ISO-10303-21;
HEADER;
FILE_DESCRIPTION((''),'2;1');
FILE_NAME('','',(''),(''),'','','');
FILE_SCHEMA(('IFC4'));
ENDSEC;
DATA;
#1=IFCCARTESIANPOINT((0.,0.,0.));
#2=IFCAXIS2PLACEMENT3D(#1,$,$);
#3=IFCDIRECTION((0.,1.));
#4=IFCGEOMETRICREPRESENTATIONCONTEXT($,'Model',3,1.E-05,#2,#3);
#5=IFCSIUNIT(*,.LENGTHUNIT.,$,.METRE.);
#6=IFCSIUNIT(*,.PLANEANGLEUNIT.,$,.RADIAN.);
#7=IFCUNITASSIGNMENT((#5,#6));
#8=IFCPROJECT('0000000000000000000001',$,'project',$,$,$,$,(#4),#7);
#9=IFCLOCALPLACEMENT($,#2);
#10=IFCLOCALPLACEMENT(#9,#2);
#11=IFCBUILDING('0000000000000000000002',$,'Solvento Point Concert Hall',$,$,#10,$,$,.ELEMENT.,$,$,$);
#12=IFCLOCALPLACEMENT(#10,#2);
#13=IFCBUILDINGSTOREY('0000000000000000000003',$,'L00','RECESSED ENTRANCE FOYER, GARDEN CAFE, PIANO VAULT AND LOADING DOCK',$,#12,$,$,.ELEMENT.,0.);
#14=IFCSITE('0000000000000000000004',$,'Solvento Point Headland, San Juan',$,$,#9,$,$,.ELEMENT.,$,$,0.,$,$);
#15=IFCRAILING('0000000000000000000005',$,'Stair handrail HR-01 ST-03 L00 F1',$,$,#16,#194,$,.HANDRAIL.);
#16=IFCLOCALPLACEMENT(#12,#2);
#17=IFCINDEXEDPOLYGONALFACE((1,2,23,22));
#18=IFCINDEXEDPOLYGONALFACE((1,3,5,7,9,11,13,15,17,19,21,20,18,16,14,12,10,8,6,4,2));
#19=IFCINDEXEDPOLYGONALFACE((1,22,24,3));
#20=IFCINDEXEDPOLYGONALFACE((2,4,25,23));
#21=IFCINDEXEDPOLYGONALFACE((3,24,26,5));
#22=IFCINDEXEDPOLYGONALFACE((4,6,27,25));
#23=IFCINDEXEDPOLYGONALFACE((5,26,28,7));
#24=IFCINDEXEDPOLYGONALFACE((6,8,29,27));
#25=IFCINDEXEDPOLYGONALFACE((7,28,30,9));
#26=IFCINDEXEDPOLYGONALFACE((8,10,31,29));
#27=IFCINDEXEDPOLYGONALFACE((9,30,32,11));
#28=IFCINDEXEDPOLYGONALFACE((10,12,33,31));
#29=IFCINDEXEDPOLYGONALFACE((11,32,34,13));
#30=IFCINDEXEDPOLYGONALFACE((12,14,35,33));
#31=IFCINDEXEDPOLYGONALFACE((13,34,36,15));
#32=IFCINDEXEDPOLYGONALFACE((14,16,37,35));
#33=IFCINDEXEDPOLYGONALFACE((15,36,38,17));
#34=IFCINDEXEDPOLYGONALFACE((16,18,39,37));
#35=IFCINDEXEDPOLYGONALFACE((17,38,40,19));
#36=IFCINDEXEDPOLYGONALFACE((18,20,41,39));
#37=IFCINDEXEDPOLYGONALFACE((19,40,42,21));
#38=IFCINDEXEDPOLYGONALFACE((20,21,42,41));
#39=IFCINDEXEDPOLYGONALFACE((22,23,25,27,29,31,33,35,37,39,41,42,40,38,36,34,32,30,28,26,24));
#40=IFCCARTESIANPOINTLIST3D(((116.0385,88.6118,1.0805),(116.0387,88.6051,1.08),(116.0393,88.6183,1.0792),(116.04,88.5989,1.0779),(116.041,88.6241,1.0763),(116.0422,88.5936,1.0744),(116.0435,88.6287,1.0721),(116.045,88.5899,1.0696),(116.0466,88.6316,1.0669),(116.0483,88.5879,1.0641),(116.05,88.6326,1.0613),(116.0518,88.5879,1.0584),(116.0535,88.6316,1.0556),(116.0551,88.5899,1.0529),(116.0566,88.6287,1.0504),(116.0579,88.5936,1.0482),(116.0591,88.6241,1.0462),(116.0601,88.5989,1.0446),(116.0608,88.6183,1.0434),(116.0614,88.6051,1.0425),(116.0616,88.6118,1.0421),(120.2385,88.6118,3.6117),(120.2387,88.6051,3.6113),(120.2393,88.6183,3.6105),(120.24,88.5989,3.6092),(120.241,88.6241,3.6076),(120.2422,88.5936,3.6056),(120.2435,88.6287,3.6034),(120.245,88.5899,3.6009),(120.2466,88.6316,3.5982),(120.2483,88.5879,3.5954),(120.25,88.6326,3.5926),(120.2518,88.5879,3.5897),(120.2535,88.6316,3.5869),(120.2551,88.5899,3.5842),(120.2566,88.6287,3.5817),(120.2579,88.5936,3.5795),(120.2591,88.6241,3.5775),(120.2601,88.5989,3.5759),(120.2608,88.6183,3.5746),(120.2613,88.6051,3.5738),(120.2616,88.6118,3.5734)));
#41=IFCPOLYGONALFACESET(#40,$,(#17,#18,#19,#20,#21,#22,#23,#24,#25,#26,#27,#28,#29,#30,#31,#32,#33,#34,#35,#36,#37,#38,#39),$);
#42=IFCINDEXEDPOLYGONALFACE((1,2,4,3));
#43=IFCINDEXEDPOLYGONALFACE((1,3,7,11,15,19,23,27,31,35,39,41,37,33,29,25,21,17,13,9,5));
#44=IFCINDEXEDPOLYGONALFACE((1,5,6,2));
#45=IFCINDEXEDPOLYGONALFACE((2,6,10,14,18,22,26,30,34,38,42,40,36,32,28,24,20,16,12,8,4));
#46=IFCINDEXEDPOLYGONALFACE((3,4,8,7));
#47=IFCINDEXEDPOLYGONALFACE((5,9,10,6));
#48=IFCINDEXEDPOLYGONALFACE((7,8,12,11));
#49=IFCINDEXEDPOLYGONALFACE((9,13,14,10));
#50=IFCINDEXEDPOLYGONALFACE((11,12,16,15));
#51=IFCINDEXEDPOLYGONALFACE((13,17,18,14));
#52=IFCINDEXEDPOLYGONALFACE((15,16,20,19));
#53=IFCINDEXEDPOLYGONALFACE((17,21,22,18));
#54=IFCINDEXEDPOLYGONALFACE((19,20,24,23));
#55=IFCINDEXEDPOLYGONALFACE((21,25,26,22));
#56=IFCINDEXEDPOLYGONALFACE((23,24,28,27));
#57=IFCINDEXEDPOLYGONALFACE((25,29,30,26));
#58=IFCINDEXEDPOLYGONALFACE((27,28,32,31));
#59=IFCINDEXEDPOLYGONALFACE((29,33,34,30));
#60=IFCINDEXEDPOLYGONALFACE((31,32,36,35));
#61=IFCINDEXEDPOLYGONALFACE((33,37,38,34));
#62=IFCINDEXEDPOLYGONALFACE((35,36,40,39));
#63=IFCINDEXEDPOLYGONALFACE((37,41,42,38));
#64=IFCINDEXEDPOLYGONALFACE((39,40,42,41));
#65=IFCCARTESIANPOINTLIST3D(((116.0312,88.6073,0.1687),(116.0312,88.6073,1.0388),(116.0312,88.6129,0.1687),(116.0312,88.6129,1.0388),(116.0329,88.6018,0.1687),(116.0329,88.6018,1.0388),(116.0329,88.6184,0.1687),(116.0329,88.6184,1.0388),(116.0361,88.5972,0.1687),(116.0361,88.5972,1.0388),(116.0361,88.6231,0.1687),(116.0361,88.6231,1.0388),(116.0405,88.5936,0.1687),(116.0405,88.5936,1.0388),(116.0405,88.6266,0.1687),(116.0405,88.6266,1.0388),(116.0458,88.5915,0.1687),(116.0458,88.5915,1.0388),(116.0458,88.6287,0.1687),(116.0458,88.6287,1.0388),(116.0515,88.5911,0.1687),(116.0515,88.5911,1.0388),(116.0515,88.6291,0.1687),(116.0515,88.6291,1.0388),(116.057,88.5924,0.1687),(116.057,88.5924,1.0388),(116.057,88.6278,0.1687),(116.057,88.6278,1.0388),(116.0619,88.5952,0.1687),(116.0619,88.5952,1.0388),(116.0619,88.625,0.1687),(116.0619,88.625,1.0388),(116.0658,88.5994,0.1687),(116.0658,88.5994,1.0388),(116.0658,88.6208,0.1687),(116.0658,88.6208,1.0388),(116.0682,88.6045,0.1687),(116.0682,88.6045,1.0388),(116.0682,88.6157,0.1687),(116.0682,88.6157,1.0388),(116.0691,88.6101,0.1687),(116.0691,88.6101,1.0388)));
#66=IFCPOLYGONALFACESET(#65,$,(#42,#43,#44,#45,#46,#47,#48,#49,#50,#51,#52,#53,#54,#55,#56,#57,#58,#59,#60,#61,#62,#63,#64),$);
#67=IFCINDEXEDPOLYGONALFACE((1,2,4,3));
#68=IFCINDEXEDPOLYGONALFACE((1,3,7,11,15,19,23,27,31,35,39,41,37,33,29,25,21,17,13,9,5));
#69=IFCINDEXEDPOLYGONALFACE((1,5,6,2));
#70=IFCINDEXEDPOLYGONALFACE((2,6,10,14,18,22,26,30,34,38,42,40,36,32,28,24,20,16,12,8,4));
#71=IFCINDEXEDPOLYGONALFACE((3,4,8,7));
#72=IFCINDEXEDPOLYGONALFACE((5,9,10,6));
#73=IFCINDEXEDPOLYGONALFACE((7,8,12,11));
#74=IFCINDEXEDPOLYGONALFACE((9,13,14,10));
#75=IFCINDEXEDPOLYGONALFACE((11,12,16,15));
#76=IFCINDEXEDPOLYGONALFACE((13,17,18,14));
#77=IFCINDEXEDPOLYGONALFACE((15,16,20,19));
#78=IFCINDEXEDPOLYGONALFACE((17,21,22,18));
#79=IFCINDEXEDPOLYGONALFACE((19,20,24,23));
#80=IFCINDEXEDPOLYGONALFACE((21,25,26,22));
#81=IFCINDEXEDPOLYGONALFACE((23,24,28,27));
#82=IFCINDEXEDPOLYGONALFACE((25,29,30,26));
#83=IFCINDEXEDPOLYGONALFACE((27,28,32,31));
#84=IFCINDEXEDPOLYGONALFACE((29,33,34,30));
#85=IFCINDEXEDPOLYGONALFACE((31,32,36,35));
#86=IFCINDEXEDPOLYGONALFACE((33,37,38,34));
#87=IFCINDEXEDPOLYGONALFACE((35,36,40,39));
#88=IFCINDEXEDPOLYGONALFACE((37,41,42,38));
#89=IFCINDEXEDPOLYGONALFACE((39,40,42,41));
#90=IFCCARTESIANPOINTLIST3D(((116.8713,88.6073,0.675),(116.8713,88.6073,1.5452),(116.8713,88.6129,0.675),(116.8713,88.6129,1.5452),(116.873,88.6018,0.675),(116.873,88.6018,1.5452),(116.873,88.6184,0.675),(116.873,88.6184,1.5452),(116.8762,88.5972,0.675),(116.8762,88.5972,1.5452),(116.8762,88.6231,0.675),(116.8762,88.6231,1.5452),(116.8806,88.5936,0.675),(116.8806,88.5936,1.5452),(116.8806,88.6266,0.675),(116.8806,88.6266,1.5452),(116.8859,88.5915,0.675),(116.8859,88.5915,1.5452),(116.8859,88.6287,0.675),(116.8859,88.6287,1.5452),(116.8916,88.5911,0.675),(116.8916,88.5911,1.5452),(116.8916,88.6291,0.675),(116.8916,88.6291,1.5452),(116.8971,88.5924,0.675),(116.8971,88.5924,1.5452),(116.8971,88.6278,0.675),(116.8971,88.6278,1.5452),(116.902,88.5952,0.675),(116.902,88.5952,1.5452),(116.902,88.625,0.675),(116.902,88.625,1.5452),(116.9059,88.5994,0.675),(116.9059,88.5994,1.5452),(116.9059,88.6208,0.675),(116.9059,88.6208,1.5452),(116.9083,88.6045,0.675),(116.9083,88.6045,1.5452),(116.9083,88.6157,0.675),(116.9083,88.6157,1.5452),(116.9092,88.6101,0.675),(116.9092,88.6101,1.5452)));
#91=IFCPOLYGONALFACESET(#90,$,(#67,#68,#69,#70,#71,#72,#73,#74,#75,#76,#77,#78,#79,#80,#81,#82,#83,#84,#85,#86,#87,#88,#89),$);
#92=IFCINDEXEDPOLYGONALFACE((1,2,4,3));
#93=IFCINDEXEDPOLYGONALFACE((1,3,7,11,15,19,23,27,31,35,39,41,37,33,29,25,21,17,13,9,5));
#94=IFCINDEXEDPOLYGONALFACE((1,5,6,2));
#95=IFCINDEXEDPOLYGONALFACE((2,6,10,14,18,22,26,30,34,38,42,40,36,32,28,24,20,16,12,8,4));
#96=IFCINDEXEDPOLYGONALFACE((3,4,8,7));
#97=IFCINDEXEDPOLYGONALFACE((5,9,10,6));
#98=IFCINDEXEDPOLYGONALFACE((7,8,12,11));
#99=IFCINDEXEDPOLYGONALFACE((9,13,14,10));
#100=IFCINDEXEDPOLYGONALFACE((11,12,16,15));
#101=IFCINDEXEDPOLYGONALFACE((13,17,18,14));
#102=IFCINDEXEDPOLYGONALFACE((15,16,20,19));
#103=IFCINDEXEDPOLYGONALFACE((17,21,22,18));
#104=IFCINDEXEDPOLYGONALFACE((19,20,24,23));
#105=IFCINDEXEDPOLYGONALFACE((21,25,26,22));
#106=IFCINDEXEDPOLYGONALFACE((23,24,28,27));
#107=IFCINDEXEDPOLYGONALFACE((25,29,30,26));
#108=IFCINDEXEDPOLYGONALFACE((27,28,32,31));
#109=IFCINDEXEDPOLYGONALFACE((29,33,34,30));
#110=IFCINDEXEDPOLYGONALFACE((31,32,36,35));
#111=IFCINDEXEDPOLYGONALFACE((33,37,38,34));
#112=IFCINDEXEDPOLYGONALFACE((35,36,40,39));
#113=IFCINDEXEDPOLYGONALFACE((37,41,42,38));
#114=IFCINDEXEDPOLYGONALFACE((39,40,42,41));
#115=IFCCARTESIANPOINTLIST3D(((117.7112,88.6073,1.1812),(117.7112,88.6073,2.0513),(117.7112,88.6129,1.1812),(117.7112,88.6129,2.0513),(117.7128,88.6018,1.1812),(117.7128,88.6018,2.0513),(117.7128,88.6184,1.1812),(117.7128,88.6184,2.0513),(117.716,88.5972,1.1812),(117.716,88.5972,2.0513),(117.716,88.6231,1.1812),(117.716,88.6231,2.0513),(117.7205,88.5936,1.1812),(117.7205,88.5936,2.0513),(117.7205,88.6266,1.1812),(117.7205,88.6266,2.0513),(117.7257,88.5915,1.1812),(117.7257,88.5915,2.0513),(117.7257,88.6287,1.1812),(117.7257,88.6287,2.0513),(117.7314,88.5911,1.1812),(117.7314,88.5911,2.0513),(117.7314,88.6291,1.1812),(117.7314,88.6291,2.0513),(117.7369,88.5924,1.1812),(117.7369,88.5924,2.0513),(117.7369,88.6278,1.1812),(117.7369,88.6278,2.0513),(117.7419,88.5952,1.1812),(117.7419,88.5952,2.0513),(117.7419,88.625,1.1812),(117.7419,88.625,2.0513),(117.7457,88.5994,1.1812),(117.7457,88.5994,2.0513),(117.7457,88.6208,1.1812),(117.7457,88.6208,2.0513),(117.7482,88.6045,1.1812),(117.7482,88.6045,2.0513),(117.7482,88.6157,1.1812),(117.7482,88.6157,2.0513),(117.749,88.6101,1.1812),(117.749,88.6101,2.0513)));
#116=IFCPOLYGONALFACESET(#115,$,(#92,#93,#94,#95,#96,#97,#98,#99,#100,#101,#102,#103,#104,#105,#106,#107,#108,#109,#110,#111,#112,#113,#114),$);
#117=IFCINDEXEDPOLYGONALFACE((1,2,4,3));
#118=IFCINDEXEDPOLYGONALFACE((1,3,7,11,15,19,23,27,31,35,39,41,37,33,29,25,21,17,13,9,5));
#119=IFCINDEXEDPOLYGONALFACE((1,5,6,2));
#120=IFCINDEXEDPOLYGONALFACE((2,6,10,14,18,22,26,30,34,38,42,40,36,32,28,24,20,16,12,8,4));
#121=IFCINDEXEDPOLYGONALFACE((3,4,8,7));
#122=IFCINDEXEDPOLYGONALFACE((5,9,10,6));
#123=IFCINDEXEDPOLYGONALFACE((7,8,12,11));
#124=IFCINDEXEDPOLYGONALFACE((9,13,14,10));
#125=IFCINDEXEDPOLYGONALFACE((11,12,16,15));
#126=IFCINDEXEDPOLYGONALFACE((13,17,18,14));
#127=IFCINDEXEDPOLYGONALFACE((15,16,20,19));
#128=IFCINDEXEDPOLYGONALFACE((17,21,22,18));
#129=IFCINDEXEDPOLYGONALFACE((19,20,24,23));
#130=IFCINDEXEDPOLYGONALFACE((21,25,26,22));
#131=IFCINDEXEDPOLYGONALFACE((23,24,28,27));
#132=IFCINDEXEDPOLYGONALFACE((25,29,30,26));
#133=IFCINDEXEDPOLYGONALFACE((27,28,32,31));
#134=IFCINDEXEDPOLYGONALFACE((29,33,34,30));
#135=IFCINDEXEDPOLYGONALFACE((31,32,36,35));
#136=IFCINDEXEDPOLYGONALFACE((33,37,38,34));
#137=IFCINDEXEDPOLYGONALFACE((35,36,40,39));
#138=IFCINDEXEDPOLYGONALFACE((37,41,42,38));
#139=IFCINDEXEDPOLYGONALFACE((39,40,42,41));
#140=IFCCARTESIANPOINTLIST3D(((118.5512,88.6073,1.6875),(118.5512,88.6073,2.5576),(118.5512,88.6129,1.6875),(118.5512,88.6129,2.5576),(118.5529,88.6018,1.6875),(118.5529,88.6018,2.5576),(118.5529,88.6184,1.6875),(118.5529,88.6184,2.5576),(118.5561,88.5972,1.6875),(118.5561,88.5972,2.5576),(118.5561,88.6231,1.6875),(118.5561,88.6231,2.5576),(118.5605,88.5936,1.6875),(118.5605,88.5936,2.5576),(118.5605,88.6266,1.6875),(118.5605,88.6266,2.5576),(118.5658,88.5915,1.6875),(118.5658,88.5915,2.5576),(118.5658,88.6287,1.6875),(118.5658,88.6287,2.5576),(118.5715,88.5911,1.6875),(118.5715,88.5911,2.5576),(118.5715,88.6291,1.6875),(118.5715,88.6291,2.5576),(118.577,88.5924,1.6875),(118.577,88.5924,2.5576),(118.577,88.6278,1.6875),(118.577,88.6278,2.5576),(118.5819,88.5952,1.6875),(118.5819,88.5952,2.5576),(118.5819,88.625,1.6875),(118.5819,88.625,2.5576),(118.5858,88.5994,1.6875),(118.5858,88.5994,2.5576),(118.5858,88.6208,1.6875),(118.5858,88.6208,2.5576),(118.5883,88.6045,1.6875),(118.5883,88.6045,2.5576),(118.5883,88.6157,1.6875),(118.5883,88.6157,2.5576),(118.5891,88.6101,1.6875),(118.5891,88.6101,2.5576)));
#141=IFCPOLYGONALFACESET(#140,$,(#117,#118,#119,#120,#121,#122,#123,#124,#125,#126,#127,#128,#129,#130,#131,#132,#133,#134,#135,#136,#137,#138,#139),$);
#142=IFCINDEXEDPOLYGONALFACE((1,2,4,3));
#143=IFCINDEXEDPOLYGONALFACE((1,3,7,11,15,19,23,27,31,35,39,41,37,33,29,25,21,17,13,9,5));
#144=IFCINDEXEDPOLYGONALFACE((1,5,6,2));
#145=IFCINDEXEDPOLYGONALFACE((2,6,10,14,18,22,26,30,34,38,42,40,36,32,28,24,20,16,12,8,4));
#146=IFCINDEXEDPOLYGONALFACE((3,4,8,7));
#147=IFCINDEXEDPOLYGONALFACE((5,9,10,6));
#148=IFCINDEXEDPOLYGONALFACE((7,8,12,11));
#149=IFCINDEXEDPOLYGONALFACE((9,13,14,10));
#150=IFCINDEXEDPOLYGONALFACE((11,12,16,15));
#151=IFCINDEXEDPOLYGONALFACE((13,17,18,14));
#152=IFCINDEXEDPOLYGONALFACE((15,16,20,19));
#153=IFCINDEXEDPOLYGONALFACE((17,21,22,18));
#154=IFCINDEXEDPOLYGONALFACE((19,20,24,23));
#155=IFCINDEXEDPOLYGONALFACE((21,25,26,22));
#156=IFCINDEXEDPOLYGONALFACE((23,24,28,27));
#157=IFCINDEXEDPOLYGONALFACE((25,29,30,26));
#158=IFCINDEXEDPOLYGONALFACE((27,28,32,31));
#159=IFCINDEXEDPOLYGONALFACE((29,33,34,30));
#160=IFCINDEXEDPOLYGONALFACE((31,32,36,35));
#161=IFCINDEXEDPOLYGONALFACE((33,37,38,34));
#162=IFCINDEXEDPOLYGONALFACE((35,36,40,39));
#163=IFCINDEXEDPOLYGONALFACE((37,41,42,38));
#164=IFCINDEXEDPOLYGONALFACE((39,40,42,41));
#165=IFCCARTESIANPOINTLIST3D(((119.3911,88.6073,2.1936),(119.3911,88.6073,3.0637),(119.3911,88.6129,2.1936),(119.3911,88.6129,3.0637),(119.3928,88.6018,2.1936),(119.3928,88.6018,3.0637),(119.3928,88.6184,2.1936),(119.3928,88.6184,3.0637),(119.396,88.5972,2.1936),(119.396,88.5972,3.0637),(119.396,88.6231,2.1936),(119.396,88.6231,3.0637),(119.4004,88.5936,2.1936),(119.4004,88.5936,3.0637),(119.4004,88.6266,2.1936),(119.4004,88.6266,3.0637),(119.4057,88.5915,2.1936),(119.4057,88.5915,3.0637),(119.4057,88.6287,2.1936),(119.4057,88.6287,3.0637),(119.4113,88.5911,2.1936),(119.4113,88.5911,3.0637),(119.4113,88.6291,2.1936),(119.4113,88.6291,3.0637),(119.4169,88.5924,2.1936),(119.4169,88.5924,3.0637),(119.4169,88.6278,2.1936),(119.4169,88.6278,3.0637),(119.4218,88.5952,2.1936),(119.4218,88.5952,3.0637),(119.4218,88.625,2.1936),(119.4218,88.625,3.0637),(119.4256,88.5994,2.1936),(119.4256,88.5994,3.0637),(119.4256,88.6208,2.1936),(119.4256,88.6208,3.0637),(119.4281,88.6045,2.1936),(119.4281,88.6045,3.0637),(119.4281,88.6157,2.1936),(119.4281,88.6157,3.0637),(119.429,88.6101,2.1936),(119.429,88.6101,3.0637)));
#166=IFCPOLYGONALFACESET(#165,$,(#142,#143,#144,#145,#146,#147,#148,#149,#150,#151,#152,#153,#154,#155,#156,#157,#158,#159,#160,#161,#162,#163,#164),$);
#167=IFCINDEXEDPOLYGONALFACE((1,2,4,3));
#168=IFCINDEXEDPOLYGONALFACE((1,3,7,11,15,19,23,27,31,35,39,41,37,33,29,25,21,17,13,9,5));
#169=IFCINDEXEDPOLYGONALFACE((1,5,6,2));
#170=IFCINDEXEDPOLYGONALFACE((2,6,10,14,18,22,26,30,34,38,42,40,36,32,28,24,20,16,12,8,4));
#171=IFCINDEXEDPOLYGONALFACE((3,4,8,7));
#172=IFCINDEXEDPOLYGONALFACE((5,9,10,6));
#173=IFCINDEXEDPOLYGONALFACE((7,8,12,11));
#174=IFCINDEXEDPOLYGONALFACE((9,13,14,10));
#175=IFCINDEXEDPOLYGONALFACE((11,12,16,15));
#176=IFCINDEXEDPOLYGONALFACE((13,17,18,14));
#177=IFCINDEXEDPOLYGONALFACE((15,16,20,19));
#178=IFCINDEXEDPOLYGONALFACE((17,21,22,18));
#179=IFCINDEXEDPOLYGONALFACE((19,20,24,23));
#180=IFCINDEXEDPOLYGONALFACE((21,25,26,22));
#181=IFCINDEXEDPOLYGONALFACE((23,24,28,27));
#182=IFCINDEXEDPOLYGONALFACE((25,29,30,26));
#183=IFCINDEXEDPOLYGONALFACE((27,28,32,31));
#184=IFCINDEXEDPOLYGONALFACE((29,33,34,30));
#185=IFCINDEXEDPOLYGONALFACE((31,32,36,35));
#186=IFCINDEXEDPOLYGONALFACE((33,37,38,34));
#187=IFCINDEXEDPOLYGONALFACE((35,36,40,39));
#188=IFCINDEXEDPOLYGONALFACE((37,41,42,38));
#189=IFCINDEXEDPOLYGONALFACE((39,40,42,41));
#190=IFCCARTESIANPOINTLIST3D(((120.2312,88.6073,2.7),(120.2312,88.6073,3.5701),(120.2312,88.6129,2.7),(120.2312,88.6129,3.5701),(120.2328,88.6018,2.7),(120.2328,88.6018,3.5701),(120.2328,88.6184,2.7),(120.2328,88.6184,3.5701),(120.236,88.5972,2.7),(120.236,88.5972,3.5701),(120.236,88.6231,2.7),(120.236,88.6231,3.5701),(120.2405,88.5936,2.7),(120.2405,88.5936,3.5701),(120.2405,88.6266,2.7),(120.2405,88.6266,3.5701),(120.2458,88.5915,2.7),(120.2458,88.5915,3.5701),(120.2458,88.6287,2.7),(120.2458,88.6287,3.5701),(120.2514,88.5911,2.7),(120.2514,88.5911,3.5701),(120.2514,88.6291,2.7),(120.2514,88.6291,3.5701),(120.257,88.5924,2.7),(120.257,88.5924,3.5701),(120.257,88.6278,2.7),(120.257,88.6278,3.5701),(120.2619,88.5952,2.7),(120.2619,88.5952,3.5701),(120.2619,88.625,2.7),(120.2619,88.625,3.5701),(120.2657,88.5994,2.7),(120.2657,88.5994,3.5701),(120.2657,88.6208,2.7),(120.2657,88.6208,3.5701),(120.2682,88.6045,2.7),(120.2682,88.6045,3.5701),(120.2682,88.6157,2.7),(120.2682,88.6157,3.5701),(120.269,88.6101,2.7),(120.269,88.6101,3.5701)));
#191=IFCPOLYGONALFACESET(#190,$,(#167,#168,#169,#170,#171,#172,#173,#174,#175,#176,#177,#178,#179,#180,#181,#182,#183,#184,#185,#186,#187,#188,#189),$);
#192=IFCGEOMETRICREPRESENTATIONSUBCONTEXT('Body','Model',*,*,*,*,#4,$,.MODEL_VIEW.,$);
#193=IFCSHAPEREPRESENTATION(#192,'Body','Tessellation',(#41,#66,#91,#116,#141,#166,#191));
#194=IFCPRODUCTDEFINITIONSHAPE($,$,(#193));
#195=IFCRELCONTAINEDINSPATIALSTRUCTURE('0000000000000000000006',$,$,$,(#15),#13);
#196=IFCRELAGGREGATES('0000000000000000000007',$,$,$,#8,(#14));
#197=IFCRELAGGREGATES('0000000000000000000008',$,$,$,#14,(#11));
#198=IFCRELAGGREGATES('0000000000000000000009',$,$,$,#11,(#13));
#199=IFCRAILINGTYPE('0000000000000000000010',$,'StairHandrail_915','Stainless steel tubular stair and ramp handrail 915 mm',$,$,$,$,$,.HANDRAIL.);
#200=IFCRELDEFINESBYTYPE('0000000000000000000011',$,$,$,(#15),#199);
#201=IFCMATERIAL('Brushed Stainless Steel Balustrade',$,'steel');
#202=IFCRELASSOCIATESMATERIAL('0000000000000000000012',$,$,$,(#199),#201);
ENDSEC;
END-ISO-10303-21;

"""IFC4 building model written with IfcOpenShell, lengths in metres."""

from ifc_helpers import new_model, si_unit, direction, frame, origin, origin_2d, place, context, subcontext, project, spatial, circle, extrude, material, type_object, element, save


model = new_model("IFC4")

# Units and contexts
model_context = context("Model", 3, precision=1e-05, world=origin(), true_north=direction((0.0, 1.0)))
body_context = subcontext(model_context, "Body", "Model", "MODEL_VIEW")
ifc_project = project(units=[si_unit("LENGTHUNIT", "METRE"), si_unit("PLANEANGLEUNIT", "RADIAN")], contexts=[model_context])

# Site, building, storey
site_placement = place(None, origin())
site = spatial("IfcSite", under=ifc_project, at=site_placement, Name="Solvento Point Headland, San Juan", CompositionType="ELEMENT", RefElevation=0.0)
building_placement = place(site_placement, origin())
building = spatial("IfcBuilding", under=site, at=building_placement, Name="Solvento Point Concert Hall", CompositionType="ELEMENT")
storey_placement = place(building_placement, origin())
storey = spatial("IfcBuildingStorey", under=building, at=storey_placement, Name="L00", Description="RECESSED ENTRANCE FOYER, GARDEN CAFE, PIANO VAULT AND LOADING DOCK", CompositionType="ELEMENT", Elevation=0.0)

# Railing
ifc_material_1 = material(Name="Brushed Stainless Steel Balustrade", Category="steel")
railing_type_1 = type_object("IfcRailingType", Name="StairHandrail_915", Description="Stainless steel tubular stair and ramp handrail 915 mm", PredefinedType="HANDRAIL", material=ifc_material_1)
railing_1_placement = place(storey_placement, frame((116.05, 88.6101, 0.1687)))
element("IfcRailing", 1, at=railing_1_placement, inside=storey, type_object=railing_type_1, Name="Stair handrail HR-01 ST-03 L00 F1", PredefinedType="HANDRAIL", context=body_context, shape_type="SweptSolid", body=[
    extrude(circle(Radius=0.0225, at=origin_2d()), frame((0.0, 0.0, 0.8926), z_axis=(0.856476, 0.0, 0.516186), x_axis=(0.0, 1.0, 0.0)), (0.0, 0.0, 1.0), 4.9038),
    extrude(circle(Radius=0.019, at=origin_2d()), origin(), (0.0, 0.0, 1.0), 0.8701),
    extrude(circle(Radius=0.019, at=origin_2d()), frame((0.8401, 0.0, 0.5063)), (0.0, 0.0, 1.0), 0.8701),
    extrude(circle(Radius=0.019, at=origin_2d()), frame((1.6799, 0.0, 1.0125)), (0.0, 0.0, 1.0), 0.8701),
    extrude(circle(Radius=0.019, at=origin_2d()), frame((2.52, 0.0, 1.5188)), (0.0, 0.0, 1.0), 0.8701),
    extrude(circle(Radius=0.019, at=origin_2d()), frame((3.3599, 0.0, 2.0249)), (0.0, 0.0, 1.0), 0.8701),
    extrude(circle(Radius=0.019, at=origin_2d()), frame((4.2, 0.0, 2.5312)), (0.0, 0.0, 1.0), 0.8701),
])

save(model, "model.ifc")
